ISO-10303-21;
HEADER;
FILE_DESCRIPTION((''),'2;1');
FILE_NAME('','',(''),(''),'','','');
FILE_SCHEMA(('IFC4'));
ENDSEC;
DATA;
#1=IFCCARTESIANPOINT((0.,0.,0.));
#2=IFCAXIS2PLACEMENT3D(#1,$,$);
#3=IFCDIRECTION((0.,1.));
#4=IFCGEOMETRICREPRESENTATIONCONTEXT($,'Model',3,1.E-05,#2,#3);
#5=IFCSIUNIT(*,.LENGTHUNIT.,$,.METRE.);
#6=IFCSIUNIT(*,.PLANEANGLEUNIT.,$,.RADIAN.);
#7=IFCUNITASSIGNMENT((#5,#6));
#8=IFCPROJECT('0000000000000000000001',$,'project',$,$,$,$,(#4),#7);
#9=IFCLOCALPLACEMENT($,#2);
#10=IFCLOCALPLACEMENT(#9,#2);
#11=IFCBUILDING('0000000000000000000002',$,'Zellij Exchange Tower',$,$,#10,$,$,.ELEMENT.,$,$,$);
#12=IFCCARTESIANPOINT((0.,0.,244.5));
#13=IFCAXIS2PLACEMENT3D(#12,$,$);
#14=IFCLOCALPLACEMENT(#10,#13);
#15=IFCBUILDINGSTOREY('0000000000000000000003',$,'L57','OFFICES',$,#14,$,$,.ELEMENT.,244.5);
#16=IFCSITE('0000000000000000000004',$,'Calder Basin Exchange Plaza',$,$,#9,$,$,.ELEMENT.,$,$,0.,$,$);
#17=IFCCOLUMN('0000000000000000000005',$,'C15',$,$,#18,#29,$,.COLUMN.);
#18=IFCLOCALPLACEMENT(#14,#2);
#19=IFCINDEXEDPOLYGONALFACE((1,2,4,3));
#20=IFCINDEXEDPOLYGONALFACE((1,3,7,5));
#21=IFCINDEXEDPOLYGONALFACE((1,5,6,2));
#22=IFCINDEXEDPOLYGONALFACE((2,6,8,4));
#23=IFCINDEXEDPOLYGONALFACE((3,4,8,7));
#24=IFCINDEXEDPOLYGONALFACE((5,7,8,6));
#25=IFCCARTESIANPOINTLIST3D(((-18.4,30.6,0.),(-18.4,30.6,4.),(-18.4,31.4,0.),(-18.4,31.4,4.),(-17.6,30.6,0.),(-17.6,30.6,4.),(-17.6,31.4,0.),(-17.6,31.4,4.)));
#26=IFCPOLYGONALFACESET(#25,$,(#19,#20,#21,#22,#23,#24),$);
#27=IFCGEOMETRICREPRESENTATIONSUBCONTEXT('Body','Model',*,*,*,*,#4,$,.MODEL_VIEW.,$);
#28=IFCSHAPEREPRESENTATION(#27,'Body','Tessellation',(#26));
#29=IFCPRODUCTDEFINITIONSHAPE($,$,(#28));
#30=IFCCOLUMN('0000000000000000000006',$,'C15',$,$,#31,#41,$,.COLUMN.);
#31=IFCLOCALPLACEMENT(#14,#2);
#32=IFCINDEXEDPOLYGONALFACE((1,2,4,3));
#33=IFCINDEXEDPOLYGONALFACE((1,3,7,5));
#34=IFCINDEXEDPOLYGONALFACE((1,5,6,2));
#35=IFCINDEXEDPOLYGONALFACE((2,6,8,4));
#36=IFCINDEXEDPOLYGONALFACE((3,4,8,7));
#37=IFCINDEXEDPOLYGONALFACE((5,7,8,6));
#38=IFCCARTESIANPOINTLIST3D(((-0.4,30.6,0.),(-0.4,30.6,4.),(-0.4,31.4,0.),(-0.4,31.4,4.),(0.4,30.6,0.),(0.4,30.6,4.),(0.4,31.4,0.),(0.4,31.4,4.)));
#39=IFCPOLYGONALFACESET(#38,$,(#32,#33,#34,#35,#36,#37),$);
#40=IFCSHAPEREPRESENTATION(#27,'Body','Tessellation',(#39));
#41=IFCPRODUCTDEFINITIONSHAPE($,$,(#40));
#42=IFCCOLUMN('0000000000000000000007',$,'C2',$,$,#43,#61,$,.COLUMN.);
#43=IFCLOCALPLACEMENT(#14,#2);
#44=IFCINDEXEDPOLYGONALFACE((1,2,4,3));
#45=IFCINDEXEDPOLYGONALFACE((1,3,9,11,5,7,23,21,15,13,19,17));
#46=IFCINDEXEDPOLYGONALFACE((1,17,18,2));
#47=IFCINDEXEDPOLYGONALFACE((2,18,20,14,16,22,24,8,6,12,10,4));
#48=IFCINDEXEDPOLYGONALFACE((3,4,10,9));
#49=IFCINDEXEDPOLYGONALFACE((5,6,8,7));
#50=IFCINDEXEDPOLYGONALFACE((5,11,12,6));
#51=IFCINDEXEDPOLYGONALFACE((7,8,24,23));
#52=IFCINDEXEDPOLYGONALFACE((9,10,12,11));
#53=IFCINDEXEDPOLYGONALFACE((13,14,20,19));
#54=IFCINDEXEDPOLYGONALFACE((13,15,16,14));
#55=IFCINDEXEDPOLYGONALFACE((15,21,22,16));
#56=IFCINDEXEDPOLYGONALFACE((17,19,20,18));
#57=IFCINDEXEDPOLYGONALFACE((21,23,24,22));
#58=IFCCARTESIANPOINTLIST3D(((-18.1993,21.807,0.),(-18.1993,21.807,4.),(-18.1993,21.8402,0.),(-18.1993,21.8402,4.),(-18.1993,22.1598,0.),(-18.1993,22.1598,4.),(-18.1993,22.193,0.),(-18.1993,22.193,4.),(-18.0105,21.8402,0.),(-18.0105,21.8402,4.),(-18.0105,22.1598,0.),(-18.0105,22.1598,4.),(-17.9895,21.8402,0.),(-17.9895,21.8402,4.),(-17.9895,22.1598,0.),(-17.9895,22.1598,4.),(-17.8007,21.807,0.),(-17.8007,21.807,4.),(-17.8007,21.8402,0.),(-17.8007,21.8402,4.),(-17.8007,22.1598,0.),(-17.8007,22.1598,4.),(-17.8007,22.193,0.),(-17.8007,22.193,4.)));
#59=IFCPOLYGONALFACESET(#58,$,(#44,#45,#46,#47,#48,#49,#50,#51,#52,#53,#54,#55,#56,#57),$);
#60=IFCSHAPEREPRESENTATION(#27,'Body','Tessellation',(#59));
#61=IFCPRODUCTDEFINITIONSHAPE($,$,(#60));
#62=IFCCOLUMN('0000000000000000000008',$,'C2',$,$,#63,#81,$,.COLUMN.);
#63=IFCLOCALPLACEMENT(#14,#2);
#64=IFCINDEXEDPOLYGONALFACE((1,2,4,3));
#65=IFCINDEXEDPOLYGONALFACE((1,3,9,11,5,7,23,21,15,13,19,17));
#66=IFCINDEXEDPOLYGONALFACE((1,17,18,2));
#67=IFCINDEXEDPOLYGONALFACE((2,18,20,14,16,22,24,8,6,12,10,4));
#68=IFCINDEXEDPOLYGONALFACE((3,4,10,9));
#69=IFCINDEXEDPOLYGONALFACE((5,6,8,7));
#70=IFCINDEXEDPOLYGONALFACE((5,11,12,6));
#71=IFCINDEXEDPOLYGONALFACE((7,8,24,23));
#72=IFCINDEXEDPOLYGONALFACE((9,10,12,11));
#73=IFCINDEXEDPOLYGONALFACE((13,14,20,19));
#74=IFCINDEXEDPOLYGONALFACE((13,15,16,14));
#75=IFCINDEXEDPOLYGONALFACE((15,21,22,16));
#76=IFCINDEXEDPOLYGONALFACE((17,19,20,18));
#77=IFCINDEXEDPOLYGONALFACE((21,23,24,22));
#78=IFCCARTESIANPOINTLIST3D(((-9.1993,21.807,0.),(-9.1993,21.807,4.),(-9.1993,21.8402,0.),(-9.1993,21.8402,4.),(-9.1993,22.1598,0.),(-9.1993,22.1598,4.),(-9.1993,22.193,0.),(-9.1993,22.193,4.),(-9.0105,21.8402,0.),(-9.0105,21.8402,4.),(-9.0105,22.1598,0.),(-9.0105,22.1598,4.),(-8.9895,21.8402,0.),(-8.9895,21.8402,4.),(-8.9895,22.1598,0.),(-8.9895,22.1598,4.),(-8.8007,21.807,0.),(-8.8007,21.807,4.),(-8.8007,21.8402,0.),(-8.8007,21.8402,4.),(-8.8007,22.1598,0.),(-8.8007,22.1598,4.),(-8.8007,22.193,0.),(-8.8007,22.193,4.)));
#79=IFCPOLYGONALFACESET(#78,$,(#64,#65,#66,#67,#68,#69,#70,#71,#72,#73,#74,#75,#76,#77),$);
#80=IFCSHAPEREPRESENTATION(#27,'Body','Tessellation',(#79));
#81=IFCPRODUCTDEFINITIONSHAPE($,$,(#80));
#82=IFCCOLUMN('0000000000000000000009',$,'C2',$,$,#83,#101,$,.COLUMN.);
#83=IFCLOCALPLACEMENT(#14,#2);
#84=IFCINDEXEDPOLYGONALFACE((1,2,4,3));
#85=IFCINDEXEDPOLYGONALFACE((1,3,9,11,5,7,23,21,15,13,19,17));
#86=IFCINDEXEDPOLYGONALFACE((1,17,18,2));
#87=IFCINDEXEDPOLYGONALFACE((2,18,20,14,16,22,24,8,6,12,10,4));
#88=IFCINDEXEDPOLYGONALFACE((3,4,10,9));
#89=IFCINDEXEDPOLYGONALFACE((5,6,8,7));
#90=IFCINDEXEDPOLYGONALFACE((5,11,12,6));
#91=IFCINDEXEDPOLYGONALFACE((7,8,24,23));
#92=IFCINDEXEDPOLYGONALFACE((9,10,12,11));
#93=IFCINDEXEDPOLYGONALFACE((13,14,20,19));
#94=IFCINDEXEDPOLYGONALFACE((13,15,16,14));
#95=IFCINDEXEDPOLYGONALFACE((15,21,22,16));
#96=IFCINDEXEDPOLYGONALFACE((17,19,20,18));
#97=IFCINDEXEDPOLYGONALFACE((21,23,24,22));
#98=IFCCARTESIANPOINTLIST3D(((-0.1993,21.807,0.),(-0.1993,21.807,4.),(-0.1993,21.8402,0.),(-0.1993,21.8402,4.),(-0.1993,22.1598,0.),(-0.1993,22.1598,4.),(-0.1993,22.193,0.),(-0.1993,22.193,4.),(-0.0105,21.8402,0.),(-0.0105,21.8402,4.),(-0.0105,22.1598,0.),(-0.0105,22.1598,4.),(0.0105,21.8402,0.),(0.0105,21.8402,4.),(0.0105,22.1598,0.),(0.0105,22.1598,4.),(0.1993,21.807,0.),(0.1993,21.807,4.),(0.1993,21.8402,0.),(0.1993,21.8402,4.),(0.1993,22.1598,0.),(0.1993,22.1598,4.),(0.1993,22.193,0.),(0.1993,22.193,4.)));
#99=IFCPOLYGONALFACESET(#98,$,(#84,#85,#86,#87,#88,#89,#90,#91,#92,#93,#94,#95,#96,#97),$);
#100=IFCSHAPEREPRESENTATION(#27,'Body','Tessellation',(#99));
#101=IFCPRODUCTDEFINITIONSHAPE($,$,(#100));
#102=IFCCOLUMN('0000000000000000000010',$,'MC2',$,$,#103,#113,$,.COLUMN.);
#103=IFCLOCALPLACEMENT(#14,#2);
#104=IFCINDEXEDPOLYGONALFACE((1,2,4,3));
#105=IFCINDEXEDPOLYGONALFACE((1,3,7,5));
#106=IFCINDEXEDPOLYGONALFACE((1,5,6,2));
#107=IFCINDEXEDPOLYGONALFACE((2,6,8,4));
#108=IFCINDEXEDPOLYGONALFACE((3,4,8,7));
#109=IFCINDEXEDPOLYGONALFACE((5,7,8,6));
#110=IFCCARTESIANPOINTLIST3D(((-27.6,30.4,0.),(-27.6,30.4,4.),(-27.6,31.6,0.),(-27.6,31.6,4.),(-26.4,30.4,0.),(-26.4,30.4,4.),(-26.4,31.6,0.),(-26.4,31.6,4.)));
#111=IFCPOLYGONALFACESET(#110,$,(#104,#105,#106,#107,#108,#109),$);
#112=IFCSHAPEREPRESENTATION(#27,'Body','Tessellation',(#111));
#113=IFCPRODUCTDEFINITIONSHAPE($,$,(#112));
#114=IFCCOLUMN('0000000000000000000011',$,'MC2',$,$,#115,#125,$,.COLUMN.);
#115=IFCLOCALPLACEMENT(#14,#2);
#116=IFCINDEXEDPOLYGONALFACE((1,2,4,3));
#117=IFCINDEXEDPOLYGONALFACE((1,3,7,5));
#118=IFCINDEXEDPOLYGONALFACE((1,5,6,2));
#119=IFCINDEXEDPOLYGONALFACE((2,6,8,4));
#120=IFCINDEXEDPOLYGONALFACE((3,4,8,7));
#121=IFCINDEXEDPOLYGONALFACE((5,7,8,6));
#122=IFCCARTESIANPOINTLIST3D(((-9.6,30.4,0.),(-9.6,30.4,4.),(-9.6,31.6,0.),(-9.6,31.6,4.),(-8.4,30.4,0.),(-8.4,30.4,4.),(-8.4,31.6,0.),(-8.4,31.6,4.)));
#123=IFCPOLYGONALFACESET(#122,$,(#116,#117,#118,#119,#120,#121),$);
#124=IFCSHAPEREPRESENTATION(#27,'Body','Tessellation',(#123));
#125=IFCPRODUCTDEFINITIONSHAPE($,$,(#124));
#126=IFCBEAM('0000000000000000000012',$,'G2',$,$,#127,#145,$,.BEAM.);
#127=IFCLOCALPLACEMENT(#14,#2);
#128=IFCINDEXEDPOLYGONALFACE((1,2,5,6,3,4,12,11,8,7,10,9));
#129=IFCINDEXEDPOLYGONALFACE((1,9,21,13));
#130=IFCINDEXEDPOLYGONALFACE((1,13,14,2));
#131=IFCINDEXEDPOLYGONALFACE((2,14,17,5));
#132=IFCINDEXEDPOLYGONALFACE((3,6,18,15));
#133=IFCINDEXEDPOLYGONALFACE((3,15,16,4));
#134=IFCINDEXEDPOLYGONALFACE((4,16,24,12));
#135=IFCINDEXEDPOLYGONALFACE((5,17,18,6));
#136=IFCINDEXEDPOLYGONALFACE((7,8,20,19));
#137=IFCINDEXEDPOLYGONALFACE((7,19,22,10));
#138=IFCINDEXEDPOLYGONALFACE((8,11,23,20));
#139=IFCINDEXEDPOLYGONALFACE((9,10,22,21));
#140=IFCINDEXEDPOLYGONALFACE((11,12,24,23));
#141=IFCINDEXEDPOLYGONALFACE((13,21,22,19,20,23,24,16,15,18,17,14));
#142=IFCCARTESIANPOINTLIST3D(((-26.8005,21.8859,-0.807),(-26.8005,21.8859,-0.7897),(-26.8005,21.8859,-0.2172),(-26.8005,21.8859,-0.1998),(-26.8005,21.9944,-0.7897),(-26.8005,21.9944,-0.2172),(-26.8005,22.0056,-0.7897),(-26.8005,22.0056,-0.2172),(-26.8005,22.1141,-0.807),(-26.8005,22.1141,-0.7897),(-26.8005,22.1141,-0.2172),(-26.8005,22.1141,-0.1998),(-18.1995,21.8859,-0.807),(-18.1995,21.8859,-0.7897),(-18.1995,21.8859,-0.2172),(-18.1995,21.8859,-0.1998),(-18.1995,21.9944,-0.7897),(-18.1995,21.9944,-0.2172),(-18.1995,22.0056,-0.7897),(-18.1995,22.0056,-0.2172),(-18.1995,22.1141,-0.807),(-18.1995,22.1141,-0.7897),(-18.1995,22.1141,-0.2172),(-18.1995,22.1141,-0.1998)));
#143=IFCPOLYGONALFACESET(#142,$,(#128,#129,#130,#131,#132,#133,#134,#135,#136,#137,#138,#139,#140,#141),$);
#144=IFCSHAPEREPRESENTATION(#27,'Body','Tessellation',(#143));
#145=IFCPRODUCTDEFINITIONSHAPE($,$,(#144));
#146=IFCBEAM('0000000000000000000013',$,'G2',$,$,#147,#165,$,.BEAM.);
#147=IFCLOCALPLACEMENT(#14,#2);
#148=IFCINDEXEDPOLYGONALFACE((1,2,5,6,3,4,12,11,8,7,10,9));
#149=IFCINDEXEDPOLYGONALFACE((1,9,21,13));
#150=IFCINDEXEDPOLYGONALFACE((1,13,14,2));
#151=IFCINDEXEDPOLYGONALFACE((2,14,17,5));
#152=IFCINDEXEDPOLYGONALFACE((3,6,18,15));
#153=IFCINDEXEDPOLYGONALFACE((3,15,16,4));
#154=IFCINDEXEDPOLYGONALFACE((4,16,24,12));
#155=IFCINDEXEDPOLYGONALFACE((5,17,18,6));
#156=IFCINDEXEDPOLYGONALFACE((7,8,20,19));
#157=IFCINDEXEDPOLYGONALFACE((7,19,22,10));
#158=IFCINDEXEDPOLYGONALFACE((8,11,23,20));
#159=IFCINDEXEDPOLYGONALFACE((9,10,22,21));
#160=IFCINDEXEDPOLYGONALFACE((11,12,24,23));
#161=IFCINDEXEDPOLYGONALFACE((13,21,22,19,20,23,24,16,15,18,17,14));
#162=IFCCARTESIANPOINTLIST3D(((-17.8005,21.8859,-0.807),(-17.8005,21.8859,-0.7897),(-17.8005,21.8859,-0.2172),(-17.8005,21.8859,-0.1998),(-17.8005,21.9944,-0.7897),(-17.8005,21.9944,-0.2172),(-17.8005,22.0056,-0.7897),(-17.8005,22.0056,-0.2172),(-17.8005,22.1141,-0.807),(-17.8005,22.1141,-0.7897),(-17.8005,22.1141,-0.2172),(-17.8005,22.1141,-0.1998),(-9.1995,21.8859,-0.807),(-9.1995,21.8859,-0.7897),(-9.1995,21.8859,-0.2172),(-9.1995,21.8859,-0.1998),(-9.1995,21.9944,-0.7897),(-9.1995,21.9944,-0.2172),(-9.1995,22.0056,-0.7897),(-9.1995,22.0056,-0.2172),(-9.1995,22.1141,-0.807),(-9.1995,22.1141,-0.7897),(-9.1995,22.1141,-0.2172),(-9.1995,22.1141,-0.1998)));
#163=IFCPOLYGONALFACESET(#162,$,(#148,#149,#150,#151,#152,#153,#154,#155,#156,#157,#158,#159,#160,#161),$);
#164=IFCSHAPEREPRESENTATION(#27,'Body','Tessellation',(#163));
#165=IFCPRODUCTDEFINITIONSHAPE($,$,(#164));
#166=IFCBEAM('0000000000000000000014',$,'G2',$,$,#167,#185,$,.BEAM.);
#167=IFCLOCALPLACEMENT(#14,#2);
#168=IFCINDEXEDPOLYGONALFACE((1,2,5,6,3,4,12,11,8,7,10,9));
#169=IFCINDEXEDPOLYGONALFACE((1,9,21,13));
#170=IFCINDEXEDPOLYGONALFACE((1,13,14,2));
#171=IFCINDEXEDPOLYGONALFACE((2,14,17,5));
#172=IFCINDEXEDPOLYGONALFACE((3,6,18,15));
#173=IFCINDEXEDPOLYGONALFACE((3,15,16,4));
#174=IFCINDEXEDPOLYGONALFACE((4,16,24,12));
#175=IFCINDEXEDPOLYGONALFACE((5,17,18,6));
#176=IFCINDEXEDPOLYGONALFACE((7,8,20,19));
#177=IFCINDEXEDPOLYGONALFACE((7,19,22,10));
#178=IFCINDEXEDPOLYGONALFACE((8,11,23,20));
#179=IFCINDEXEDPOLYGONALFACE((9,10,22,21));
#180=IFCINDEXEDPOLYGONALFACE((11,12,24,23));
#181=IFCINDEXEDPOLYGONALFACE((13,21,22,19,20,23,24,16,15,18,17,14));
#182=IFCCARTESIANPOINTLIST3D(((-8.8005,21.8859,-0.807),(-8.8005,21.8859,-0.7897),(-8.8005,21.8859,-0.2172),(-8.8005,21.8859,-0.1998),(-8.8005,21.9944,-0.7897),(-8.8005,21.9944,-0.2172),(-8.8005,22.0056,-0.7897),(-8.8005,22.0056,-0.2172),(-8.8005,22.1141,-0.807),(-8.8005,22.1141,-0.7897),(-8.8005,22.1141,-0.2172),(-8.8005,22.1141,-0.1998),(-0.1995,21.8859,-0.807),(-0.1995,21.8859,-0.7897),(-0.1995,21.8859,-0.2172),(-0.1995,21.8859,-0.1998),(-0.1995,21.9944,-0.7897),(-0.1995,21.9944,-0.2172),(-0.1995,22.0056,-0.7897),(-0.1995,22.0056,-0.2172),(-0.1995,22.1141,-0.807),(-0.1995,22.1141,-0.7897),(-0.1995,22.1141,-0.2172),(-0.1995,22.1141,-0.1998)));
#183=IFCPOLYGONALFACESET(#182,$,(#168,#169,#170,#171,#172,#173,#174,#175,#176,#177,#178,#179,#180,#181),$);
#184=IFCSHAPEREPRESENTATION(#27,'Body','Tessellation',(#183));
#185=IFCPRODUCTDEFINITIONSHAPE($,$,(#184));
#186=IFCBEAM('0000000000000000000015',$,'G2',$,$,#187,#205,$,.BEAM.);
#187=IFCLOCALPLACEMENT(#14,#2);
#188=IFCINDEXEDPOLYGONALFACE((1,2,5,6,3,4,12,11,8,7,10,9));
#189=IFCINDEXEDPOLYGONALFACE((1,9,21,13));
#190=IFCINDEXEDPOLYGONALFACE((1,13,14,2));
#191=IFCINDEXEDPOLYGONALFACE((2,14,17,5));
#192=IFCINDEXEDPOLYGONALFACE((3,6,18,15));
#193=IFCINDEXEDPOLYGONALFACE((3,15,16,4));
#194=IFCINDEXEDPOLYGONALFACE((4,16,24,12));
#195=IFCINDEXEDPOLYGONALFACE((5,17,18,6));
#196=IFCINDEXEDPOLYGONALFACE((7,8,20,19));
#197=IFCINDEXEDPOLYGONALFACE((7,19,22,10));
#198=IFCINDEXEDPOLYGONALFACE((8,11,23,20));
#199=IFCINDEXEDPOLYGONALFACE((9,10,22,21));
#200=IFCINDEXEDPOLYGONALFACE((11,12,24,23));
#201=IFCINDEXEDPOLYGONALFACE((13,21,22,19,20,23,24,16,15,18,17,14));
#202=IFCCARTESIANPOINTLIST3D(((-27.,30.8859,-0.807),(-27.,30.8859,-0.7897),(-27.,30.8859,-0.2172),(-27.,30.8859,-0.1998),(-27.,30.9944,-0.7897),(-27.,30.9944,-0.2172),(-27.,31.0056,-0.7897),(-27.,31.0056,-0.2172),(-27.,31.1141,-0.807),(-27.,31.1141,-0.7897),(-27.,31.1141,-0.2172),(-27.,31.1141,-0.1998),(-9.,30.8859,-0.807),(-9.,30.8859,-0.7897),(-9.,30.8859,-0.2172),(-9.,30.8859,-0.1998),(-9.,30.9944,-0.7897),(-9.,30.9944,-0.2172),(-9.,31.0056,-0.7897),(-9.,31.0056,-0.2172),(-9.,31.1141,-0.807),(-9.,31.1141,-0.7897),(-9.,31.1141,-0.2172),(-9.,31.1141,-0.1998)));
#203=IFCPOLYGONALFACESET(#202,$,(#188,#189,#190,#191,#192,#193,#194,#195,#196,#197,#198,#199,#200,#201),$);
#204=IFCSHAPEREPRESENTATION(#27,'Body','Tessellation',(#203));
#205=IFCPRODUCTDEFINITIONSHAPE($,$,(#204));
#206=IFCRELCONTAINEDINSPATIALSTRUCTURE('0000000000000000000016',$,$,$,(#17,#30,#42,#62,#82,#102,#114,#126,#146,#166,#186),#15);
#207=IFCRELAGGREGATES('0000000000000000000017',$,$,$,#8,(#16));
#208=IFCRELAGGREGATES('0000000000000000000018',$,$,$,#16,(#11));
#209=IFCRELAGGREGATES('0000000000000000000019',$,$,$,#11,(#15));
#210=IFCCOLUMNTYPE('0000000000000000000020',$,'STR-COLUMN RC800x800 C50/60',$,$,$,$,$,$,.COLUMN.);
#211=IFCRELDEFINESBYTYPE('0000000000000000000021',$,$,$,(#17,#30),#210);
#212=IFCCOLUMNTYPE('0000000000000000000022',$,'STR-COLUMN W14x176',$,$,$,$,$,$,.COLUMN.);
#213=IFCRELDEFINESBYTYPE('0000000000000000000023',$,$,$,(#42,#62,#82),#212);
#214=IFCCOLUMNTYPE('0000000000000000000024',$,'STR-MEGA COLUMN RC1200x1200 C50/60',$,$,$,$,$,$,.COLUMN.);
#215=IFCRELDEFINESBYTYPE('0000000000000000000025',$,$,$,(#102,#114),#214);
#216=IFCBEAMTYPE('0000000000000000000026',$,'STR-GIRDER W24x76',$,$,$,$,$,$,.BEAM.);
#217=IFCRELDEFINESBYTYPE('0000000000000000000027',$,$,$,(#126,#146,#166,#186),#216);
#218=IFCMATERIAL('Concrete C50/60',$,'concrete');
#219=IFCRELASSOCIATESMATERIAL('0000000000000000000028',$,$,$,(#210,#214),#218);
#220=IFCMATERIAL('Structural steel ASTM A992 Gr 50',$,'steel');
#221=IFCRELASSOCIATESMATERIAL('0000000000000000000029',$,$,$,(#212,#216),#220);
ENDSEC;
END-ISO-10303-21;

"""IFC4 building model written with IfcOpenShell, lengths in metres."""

from ifc_helpers import new_model, si_unit, direction, frame, origin, origin_2d, place, context, subcontext, project, spatial, rectangle, i_section, extrude, material, material_profile, profile_set, type_object, element, save


model = new_model("IFC4")

# Units and contexts
model_context = context("Model", 3, precision=1e-05, world=origin(), true_north=direction((0.0, 1.0)))
body_context = subcontext(model_context, "Body", "Model", "MODEL_VIEW")
ifc_project = project(units=[si_unit("LENGTHUNIT", "METRE"), si_unit("PLANEANGLEUNIT", "RADIAN")], contexts=[model_context])

# Site, building, storey
site_placement = place(None, origin())
site = spatial("IfcSite", under=ifc_project, at=site_placement, Name="Calder Basin Exchange Plaza", CompositionType="ELEMENT", RefElevation=0.0)
building_placement = place(site_placement, origin())
building = spatial("IfcBuilding", under=site, at=building_placement, Name="Zellij Exchange Tower", CompositionType="ELEMENT")
storey_placement = place(building_placement, frame((0.0, 0.0, 244.5)))
storey = spatial("IfcBuildingStorey", under=building, at=storey_placement, Name="L57", Description="OFFICES", CompositionType="ELEMENT", Elevation=244.5)

# Columns
ifc_material_1 = material(Name="Concrete C50/60", Category="concrete")
ifc_material_profile_1 = material_profile(ifc_material_1, rectangle(XDim=0.8, YDim=0.8, at=origin_2d()), Name="STR-COLUMN RC800x800 C50/60")
ifc_profile_set_1 = profile_set([ifc_material_profile_1], Name="Concrete C50/60")
column_type_1 = type_object("IfcColumnType", Name="STR-COLUMN RC800x800 C50/60", PredefinedType="COLUMN", material=ifc_profile_set_1)
for number, where, z_axis, x_axis, name in (
    (1, (-18.0, 31.0, 0.0), (0.0, 0.0, 1.0), (1.0, 0.0, 0.0), "C15"),
    (2, (0.0, 31.0, 0.0), (0.0, 0.0, 1.0), (1.0, 0.0, 0.0), "C15"),
):
    element("IfcColumn", number, at=place(storey_placement, frame(where, z_axis=z_axis, x_axis=x_axis)), inside=storey, type_object=column_type_1, Name=name, PredefinedType="COLUMN", context=body_context, shape_type="SweptSolid", body=[
        extrude(rectangle(XDim=0.8, YDim=0.8, at=origin_2d()), origin(), (0.0, 0.0, 1.0), 4.0),
    ])
ifc_material_2 = material(Name="Structural steel ASTM A992 Gr 50", Category="steel")
ifc_material_profile_2 = material_profile(ifc_material_2, i_section(OverallWidth=0.3987, OverallDepth=0.386, WebThickness=0.021, FlangeThickness=0.0332, at=origin_2d()), Name="W14x176")
ifc_profile_set_2 = profile_set([ifc_material_profile_2], Name="Structural steel ASTM A992 Gr 50")
column_type_2 = type_object("IfcColumnType", Name="STR-COLUMN W14x176", PredefinedType="COLUMN", material=ifc_profile_set_2)
for number, where, z_axis, x_axis, name in (
    (3, (-18.0, 22.0, 0.0), (0.0, 0.0, 1.0), (1.0, 0.0, 0.0), "C2"),
    (4, (-9.0, 22.0, 0.0), (0.0, 0.0, 1.0), (1.0, 0.0, 0.0), "C2"),
    (5, (0.0, 22.0, 0.0), (0.0, 0.0, 1.0), (1.0, 0.0, 0.0), "C2"),
):
    element("IfcColumn", number, at=place(storey_placement, frame(where, z_axis=z_axis, x_axis=x_axis)), inside=storey, type_object=column_type_2, Name=name, PredefinedType="COLUMN", context=body_context, shape_type="SweptSolid", body=[
        extrude(i_section(OverallWidth=0.3987, OverallDepth=0.386, WebThickness=0.021, FlangeThickness=0.0332, at=origin_2d()), origin(), (0.0, 0.0, 1.0), 4.0),
    ])
ifc_material_profile_3 = material_profile(ifc_material_1, rectangle(XDim=1.2, YDim=1.2, at=origin_2d()), Name="STR-MEGA COLUMN RC1200x1200 C50/60")
ifc_profile_set_3 = profile_set([ifc_material_profile_3], Name="Concrete C50/60")
column_type_3 = type_object("IfcColumnType", Name="STR-MEGA COLUMN RC1200x1200 C50/60", PredefinedType="COLUMN", material=ifc_profile_set_3)
for number, where, z_axis, x_axis, name in (
    (6, (-27.0, 31.0, 0.0), (0.0, 0.0, 1.0), (1.0, 0.0, 0.0), "MC2"),
    (7, (-9.0, 31.0, 0.0), (0.0, 0.0, 1.0), (1.0, 0.0, 0.0), "MC2"),
):
    element("IfcColumn", number, at=place(storey_placement, frame(where, z_axis=z_axis, x_axis=x_axis)), inside=storey, type_object=column_type_3, Name=name, PredefinedType="COLUMN", context=body_context, shape_type="SweptSolid", body=[
        extrude(rectangle(XDim=1.2, YDim=1.2, at=origin_2d()), origin(), (0.0, 0.0, 1.0), 4.0),
    ])

# Beams
ifc_material_profile_4 = material_profile(ifc_material_2, i_section(OverallWidth=0.2283, OverallDepth=0.6072, WebThickness=0.0112, FlangeThickness=0.0173, at=origin_2d()), Name="W24x76")
ifc_profile_set_4 = profile_set([ifc_material_profile_4], Name="Structural steel ASTM A992 Gr 50")
beam_type = type_object("IfcBeamType", Name="STR-GIRDER W24x76", PredefinedType="BEAM", material=ifc_profile_set_4)
for number, where, z_axis, x_axis, name in (
    (8, (-26.8005, 22.0, -0.5034), (1.0, 0.0, 0.0), (0.0, 1.0, 0.0), "G2"),
    (9, (-17.8005, 22.0, -0.5034), (1.0, 0.0, 0.0), (0.0, 1.0, 0.0), "G2"),
    (10, (-8.8005, 22.0, -0.5034), (1.0, 0.0, 0.0), (0.0, 1.0, 0.0), "G2"),
):
    element("IfcBeam", number, at=place(storey_placement, frame(where, z_axis=z_axis, x_axis=x_axis)), inside=storey, type_object=beam_type, Name=name, PredefinedType="BEAM", context=body_context, shape_type="SweptSolid", body=[
        extrude(i_section(OverallWidth=0.2283, OverallDepth=0.6072, WebThickness=0.0112, FlangeThickness=0.0173, at=origin_2d()), origin(), (0.0, 0.0, 1.0), 8.6011),
    ])
for number, where, z_axis, x_axis, name in (
    (11, (-27.0, 31.0, -0.5034), (1.0, 0.0, 0.0), (0.0, 1.0, 0.0), "G2"),
):
    element("IfcBeam", number, at=place(storey_placement, frame(where, z_axis=z_axis, x_axis=x_axis)), inside=storey, type_object=beam_type, Name=name, PredefinedType="BEAM", context=body_context, shape_type="SweptSolid", body=[
        extrude(i_section(OverallWidth=0.2283, OverallDepth=0.6072, WebThickness=0.0112, FlangeThickness=0.0173, at=origin_2d()), origin(), (0.0, 0.0, 1.0), 18.0),
    ])

save(model, "model.ifc")
